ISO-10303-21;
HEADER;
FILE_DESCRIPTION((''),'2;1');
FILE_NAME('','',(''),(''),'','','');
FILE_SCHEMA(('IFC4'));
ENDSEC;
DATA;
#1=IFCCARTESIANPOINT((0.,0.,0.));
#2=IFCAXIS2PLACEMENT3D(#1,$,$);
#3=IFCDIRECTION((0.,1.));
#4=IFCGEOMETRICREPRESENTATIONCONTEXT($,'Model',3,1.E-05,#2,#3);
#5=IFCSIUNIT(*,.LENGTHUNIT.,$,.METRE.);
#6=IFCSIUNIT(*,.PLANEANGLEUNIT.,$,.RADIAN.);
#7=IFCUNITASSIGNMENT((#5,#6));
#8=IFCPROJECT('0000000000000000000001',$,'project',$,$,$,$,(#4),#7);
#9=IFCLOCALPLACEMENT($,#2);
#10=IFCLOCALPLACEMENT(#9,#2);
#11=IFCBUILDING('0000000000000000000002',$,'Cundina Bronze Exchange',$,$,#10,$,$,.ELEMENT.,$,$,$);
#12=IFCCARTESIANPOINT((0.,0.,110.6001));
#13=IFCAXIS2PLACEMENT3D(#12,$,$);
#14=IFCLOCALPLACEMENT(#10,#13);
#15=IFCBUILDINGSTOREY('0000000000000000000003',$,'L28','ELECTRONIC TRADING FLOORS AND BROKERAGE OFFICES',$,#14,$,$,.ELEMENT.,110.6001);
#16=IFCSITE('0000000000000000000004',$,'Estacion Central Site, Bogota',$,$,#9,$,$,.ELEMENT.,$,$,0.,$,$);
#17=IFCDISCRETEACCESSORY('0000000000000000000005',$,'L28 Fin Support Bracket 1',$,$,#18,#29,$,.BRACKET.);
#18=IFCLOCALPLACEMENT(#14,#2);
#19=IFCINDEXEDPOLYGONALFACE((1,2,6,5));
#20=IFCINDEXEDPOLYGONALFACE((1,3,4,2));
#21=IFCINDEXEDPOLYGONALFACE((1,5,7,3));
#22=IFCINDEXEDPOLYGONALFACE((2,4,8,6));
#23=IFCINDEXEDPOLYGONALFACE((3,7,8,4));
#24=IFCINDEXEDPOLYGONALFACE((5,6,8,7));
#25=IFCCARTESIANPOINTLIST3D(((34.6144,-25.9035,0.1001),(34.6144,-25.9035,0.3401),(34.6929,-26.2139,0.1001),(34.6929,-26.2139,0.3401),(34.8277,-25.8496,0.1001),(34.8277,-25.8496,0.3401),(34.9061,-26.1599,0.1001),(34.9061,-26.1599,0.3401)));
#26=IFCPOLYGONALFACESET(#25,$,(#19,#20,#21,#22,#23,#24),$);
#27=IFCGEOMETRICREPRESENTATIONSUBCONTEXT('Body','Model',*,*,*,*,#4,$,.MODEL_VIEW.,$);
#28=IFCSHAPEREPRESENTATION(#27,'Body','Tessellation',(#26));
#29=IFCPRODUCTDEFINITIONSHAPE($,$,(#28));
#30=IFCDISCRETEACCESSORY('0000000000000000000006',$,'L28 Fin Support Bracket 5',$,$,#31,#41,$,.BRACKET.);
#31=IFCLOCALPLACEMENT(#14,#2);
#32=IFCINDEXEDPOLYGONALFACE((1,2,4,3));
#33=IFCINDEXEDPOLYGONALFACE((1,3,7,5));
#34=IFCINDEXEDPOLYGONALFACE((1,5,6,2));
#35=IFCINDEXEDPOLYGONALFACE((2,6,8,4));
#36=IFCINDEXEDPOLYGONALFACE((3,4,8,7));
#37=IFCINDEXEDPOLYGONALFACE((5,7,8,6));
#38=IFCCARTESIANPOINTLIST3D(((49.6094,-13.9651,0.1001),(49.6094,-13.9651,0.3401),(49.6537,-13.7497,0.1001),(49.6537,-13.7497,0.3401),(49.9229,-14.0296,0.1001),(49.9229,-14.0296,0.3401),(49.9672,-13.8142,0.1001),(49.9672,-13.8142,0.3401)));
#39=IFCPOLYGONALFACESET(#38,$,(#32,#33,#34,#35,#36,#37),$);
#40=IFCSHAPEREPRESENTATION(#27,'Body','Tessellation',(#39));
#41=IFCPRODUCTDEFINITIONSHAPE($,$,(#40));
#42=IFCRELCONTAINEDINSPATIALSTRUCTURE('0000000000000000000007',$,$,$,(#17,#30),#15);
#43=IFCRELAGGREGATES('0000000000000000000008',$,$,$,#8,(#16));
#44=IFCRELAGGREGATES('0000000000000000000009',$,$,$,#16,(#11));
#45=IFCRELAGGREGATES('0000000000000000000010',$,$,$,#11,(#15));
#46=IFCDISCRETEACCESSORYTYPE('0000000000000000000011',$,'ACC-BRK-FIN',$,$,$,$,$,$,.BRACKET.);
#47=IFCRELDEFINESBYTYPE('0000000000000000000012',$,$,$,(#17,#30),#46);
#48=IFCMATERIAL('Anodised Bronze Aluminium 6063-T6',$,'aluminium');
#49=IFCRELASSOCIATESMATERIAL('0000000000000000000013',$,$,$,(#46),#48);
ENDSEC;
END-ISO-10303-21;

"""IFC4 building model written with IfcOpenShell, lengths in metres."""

from ifc_helpers import new_model, si_unit, direction, frame, origin, origin_2d, place, context, subcontext, project, spatial, rectangle, extrude, material, type_object, element, save


model = new_model("IFC4")

# Units and contexts
model_context = context("Model", 3, precision=1e-05, world=origin(), true_north=direction((0.0, 1.0)))
body_context = subcontext(model_context, "Body", "Model", "MODEL_VIEW")
ifc_project = project(units=[si_unit("LENGTHUNIT", "METRE"), si_unit("PLANEANGLEUNIT", "RADIAN")], contexts=[model_context])

# Site, building, storey
site_placement = place(None, origin())
site = spatial("IfcSite", under=ifc_project, at=site_placement, Name="Estacion Central Site, Bogota", CompositionType="ELEMENT", RefElevation=0.0)
building_placement = place(site_placement, origin())
building = spatial("IfcBuilding", under=site, at=building_placement, Name="Cundina Bronze Exchange", CompositionType="ELEMENT")
storey_placement = place(building_placement, frame((0.0, 0.0, 110.6001)))
storey = spatial("IfcBuildingStorey", under=building, at=storey_placement, Name="L28", Description="ELECTRONIC TRADING FLOORS AND BROKERAGE OFFICES", CompositionType="ELEMENT", Elevation=110.6001)

# Shared definitions
ifc_material_1 = material(Name="Anodised Bronze Aluminium 6063-T6", Category="aluminium")

# Discrete accessories
discrete_accessory_type = type_object("IfcDiscreteAccessoryType", Name="ACC-BRK-FIN", PredefinedType="BRACKET", material=ifc_material_1)
for number, where, z_axis, x_axis, name in (
    (1, (34.7603, -26.0317, 0.1001), (0.0, 0.0, 1.0), (0.969488, 0.245138, 0.0), "L28 Fin Support Bracket 1"),
    (2, (49.7883, -13.8896, 0.1001), (0.0, 0.0, 1.0), (0.20142, 0.979505, 0.0), "L28 Fin Support Bracket 5"),
):
    element("IfcDiscreteAccessory", number, at=place(storey_placement, frame(where, z_axis=z_axis, x_axis=x_axis)), inside=storey, type_object=discrete_accessory_type, Name=name, PredefinedType="BRACKET", context=body_context, shape_type="SweptSolid", body=[
        extrude(rectangle(XDim=0.22, YDim=0.3201, at=origin_2d()), origin(), (0.0, 0.0, 1.0), 0.24),
    ])

save(model, "model.ifc")
